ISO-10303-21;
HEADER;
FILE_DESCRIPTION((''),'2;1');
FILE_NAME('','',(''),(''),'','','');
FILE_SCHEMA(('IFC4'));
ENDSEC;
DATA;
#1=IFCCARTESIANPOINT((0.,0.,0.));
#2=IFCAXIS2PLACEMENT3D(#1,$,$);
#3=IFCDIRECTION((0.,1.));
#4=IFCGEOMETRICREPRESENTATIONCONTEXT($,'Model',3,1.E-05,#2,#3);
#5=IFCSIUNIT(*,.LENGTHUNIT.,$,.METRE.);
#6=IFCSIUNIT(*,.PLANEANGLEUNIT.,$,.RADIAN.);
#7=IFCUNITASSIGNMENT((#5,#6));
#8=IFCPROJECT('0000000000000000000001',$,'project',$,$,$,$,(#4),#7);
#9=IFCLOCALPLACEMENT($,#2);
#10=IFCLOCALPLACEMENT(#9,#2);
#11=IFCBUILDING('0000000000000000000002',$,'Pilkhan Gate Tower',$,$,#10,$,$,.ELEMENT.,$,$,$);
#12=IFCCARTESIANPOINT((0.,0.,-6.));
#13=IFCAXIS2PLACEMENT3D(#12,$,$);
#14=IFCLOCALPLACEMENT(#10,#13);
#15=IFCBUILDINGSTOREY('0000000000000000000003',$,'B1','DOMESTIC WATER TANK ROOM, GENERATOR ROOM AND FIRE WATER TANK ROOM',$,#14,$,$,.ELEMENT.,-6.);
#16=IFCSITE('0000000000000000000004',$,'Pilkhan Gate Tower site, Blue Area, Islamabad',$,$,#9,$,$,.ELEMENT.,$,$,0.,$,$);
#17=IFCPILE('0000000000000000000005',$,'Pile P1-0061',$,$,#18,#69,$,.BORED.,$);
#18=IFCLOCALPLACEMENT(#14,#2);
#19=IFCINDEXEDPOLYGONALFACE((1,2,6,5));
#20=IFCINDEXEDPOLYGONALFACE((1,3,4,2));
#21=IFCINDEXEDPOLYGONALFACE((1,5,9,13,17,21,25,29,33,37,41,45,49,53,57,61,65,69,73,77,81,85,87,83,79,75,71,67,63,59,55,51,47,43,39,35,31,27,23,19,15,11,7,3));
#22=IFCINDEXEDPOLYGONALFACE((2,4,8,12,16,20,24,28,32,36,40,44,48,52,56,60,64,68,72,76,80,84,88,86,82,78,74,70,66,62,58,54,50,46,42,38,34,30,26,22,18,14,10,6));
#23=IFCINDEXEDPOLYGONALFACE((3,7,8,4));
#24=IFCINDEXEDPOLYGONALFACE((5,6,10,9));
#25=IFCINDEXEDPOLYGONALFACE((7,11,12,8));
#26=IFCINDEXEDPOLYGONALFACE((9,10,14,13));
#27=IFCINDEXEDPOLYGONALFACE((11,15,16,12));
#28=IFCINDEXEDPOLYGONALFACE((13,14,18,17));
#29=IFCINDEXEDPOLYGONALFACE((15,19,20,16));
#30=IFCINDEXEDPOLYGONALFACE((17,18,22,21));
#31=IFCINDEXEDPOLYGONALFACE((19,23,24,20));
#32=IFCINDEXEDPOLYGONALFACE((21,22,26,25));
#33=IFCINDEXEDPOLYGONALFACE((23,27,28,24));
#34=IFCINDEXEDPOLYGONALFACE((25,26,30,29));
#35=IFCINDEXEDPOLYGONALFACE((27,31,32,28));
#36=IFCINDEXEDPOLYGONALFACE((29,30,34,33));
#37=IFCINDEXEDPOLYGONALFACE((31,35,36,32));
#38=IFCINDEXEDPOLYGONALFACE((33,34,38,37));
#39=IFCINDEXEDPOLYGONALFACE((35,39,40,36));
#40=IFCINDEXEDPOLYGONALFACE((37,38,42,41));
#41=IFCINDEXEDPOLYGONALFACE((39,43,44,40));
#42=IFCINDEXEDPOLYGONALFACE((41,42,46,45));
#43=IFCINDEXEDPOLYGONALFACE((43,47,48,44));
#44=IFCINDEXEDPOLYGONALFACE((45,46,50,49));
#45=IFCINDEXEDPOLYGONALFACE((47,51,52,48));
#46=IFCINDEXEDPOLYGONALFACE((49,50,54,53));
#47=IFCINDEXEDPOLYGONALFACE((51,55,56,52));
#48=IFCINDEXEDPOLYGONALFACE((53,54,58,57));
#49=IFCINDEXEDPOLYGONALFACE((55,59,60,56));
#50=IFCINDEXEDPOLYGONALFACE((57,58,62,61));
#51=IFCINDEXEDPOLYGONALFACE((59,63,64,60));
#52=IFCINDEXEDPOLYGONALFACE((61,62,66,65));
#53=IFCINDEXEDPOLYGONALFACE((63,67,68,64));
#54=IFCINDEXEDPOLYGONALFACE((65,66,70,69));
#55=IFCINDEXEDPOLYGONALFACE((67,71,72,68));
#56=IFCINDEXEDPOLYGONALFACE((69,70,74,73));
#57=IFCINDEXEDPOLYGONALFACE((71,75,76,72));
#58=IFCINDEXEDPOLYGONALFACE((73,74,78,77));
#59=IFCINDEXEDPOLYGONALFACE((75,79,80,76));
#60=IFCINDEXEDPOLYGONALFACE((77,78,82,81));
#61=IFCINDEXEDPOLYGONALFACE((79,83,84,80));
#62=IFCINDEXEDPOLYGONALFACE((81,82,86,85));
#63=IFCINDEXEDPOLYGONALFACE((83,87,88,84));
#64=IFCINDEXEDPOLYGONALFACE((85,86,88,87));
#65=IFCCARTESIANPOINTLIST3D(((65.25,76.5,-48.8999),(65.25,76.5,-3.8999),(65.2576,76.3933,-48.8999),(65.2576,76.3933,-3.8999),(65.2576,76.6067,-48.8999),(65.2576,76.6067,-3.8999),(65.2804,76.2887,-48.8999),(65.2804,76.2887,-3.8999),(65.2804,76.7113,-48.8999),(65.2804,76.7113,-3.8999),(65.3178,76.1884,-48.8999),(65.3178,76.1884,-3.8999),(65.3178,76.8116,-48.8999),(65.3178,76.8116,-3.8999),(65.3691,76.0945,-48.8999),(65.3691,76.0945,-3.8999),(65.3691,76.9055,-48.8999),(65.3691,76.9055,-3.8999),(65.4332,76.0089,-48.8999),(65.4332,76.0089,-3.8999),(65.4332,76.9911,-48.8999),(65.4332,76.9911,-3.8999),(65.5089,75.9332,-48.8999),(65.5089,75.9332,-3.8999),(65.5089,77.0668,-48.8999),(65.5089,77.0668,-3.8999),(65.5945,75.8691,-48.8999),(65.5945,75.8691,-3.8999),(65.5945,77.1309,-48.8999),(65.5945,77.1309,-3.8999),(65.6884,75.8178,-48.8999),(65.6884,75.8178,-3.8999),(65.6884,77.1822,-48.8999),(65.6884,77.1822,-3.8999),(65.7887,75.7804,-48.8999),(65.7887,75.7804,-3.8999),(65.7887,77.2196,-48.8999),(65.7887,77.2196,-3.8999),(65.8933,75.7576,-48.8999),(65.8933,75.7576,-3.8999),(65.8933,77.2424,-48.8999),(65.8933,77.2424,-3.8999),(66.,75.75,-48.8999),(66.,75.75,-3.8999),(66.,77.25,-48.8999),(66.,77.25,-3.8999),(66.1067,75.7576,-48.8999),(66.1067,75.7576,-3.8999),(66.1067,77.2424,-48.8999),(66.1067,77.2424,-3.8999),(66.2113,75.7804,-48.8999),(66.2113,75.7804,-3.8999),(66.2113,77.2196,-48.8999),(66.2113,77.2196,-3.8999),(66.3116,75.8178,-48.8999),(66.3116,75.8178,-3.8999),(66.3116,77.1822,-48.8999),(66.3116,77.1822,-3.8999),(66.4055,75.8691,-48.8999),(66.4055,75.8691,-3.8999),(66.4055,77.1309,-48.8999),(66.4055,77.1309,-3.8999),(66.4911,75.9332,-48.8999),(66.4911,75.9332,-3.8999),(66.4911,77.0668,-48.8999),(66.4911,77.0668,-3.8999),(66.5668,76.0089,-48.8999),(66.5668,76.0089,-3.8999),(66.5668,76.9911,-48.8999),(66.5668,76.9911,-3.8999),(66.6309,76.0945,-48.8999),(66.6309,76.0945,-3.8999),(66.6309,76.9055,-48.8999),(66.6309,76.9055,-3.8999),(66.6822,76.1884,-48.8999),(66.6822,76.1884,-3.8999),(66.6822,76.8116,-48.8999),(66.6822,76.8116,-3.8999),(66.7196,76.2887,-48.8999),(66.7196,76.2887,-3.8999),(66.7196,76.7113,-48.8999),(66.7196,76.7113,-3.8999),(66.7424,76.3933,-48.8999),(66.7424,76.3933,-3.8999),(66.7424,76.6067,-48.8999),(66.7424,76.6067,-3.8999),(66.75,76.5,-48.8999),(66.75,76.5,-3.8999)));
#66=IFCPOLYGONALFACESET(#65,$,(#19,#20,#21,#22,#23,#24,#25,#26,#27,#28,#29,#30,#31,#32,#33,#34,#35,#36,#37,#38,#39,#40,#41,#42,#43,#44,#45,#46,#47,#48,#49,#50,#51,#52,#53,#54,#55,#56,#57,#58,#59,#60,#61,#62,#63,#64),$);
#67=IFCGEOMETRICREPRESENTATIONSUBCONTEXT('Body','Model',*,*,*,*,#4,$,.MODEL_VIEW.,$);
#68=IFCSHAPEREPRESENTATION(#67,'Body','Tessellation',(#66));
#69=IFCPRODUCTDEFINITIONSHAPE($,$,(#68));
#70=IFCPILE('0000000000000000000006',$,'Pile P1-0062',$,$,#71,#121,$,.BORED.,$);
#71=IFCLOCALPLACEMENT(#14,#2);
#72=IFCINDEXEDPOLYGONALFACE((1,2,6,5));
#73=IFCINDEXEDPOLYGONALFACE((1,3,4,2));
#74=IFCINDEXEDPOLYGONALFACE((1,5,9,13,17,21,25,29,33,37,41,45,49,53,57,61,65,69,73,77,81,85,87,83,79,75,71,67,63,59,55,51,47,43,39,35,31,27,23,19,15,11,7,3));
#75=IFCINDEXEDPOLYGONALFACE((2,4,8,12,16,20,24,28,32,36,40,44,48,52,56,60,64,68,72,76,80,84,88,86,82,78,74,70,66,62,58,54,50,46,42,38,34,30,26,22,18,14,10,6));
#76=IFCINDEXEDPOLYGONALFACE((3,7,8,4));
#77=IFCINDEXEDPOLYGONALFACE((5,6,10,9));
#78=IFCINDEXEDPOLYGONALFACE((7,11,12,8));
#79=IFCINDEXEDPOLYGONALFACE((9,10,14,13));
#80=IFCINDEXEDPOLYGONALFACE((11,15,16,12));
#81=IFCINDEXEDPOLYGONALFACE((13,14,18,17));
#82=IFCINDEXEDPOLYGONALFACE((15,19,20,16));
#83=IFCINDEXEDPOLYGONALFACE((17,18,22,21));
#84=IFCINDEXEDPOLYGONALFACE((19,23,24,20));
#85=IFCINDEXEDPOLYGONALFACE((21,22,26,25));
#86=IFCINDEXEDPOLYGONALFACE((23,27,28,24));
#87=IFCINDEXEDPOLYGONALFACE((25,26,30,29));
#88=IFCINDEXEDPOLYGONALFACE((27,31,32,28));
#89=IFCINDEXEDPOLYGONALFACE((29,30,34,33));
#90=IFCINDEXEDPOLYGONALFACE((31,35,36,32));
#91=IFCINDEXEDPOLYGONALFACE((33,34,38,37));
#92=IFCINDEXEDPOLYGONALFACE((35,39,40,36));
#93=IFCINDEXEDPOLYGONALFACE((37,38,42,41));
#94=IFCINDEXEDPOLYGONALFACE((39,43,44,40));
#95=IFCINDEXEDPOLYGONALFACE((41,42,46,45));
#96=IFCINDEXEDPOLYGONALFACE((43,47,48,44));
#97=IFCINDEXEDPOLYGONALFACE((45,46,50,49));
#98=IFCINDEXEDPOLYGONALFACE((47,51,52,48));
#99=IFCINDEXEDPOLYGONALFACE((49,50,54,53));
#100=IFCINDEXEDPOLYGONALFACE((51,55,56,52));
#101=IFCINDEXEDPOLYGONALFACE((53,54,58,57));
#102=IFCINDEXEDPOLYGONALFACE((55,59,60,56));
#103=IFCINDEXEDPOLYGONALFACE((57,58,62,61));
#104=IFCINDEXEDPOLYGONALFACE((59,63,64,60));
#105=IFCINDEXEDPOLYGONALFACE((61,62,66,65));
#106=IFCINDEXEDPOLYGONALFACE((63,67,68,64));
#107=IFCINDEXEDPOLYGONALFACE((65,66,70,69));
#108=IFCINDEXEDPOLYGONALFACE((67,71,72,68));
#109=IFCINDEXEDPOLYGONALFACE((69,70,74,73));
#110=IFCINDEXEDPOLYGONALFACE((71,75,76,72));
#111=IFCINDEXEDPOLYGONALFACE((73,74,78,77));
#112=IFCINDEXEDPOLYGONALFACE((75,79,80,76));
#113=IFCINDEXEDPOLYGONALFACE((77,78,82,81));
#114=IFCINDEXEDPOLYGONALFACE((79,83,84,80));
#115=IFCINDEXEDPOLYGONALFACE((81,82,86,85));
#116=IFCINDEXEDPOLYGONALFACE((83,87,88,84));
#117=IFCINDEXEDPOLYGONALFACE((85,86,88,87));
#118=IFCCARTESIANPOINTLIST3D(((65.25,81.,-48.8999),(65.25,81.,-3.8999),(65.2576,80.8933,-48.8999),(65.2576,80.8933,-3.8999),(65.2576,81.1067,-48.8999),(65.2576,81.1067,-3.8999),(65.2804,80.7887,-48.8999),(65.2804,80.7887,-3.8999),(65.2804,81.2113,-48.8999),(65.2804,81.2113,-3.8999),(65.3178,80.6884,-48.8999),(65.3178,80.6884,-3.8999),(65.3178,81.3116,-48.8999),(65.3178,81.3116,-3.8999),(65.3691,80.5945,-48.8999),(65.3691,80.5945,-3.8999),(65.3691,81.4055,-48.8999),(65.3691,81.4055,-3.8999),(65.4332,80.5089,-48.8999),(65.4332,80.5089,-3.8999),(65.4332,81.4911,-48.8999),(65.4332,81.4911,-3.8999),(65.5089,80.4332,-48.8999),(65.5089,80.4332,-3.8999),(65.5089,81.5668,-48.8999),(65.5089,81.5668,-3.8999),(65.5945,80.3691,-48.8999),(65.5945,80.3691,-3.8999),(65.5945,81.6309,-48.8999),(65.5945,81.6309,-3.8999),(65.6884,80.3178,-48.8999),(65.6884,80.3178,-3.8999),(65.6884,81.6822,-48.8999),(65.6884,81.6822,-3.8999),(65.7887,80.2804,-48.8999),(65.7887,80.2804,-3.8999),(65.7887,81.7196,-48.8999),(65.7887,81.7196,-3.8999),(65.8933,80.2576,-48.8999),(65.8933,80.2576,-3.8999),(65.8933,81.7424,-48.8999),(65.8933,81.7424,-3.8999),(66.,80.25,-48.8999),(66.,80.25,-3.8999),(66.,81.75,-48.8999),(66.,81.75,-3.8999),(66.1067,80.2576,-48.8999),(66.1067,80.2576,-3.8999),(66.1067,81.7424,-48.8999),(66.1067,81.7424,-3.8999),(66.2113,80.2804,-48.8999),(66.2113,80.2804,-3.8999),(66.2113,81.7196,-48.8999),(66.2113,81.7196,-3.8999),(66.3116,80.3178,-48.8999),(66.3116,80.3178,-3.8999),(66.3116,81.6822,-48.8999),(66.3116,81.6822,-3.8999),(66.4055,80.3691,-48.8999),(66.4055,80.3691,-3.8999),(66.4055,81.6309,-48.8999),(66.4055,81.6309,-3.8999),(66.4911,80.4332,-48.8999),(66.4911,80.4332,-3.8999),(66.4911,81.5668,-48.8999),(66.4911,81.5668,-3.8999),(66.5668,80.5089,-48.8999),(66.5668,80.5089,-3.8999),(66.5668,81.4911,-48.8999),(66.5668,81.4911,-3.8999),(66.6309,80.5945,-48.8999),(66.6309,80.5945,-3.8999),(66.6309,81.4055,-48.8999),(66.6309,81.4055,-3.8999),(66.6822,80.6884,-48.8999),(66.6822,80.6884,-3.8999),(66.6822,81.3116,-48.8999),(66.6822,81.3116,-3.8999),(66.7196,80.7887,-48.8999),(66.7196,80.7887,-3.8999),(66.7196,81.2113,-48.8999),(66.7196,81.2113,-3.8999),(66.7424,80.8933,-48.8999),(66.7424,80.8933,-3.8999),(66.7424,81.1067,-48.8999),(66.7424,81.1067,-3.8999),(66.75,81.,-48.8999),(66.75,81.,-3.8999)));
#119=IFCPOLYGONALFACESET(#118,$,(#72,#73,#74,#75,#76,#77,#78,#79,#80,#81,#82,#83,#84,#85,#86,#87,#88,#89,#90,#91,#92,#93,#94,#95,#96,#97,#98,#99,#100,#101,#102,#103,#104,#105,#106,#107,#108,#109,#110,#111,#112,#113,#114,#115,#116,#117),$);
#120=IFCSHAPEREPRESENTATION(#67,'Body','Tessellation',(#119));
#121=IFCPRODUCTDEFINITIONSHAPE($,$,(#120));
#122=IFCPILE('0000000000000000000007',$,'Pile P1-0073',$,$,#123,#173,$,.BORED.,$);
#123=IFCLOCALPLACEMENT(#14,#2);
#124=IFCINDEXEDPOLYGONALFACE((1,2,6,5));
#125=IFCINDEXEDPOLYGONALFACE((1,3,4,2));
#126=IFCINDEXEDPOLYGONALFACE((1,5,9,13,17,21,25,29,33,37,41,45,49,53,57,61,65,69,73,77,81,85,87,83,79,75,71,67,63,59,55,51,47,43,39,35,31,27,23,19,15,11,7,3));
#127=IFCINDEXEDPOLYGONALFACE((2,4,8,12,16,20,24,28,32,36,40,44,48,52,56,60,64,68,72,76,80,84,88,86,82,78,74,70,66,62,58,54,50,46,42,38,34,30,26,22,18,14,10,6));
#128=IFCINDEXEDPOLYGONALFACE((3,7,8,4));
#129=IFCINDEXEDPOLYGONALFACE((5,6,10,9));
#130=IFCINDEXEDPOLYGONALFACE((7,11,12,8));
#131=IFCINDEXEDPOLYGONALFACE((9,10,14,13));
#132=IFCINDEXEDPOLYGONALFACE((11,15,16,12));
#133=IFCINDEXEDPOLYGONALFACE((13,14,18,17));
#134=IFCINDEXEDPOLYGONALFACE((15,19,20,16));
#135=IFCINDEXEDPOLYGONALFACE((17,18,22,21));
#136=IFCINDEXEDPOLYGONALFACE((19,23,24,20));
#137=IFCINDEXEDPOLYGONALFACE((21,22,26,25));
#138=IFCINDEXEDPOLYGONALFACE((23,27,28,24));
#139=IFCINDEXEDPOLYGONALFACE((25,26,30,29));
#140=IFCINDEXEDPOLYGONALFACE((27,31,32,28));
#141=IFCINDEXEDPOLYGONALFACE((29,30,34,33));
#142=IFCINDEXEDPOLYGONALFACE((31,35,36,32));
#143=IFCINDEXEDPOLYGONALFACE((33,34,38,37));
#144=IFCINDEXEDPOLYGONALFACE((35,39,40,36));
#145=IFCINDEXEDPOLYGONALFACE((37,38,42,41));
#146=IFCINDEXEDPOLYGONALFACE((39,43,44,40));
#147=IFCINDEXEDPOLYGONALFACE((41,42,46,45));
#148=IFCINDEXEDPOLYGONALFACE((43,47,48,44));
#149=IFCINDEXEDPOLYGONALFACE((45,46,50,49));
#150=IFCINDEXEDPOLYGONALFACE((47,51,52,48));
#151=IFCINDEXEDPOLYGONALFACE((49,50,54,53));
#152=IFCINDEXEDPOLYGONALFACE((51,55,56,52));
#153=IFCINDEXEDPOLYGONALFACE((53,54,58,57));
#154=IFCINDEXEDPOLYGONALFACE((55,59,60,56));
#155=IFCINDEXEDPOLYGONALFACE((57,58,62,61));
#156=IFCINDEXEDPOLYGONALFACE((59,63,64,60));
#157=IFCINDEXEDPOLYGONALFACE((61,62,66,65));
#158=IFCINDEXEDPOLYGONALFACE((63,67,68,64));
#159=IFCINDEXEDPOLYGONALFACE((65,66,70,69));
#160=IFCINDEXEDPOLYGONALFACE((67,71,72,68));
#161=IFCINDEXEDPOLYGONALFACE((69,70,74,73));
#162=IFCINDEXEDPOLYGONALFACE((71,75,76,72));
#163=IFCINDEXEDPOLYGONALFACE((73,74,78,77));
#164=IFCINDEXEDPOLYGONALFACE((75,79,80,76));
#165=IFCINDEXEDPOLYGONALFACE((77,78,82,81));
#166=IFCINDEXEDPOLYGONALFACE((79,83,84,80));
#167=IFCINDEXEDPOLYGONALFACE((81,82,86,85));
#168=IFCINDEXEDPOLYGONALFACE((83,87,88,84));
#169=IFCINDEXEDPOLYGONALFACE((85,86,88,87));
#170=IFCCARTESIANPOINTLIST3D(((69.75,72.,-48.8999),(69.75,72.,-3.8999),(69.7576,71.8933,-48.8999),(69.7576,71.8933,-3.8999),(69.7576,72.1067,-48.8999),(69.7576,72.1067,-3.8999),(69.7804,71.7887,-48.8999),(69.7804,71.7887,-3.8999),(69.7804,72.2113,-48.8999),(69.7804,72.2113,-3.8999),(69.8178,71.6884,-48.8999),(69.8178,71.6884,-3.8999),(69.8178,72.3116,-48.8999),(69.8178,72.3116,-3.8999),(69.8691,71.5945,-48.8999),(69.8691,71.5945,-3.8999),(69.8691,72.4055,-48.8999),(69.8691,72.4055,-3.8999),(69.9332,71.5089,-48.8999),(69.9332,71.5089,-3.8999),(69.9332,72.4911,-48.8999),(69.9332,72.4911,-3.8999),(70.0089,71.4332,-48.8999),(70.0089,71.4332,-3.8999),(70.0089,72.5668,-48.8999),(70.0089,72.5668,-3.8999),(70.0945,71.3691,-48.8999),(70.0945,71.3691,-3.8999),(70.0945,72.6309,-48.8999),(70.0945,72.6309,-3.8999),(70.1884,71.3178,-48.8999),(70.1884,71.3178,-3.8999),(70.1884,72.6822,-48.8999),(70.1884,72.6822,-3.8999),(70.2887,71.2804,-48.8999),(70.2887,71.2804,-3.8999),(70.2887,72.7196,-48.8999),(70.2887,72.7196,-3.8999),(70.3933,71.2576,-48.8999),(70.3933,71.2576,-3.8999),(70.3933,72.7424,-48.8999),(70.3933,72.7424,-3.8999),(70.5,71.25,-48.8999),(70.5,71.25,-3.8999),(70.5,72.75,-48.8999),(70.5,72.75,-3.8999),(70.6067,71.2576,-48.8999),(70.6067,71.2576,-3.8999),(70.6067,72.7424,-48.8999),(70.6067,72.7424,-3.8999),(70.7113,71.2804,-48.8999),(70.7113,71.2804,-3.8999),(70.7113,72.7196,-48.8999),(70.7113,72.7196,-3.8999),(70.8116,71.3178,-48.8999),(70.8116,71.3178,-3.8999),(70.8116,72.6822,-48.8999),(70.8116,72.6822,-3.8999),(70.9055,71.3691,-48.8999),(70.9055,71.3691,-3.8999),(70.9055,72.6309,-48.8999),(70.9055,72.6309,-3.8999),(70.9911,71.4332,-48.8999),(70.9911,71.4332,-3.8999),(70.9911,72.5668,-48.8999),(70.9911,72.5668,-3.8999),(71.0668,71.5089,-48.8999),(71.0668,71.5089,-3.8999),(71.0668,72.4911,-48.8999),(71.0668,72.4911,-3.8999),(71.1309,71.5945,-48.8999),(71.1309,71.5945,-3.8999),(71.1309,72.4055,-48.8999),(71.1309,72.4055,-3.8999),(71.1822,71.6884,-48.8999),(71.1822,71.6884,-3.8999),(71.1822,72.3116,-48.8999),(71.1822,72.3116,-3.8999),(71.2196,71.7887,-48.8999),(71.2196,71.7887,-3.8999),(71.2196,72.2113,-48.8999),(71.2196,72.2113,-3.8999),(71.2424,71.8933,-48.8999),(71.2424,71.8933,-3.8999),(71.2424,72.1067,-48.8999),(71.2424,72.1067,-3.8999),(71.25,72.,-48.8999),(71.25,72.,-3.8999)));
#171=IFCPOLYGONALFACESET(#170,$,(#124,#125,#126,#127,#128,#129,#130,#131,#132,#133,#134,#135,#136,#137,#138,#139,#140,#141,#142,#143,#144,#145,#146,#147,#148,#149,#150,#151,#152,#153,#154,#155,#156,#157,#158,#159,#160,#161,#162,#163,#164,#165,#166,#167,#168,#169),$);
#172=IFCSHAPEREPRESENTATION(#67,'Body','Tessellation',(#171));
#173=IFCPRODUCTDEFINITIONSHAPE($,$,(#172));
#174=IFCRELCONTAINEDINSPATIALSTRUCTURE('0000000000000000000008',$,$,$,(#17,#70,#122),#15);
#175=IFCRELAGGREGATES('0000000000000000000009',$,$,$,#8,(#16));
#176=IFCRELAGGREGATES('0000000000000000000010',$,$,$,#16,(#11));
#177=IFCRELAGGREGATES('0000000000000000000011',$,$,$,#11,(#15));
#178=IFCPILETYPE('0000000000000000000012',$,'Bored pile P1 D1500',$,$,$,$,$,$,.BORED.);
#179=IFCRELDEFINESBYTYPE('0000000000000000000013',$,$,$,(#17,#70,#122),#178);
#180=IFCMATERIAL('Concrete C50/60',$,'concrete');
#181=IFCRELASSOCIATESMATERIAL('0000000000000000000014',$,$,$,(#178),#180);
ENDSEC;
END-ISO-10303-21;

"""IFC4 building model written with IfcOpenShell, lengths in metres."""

from ifc_helpers import new_model, si_unit, direction, frame, origin, origin_2d, place, context, subcontext, project, spatial, circle, extrude, material, material_profile, profile_set, type_object, element, save


model = new_model("IFC4")

# Units and contexts
model_context = context("Model", 3, precision=1e-05, world=origin(), true_north=direction((0.0, 1.0)))
body_context = subcontext(model_context, "Body", "Model", "MODEL_VIEW")
ifc_project = project(units=[si_unit("LENGTHUNIT", "METRE"), si_unit("PLANEANGLEUNIT", "RADIAN")], contexts=[model_context])

# Site, building, storey
site_placement = place(None, origin())
site = spatial("IfcSite", under=ifc_project, at=site_placement, Name="Pilkhan Gate Tower site, Blue Area, Islamabad", CompositionType="ELEMENT", RefElevation=0.0)
building_placement = place(site_placement, origin())
building = spatial("IfcBuilding", under=site, at=building_placement, Name="Pilkhan Gate Tower", CompositionType="ELEMENT")
storey_placement = place(building_placement, frame((0.0, 0.0, -6.0)))
storey = spatial("IfcBuildingStorey", under=building, at=storey_placement, Name="B1", Description="DOMESTIC WATER TANK ROOM, GENERATOR ROOM AND FIRE WATER TANK ROOM", CompositionType="ELEMENT", Elevation=-6.0)

# Piles
ifc_material_1 = material(Name="Concrete C50/60", Category="concrete")
ifc_material_profile_1 = material_profile(ifc_material_1, circle(Radius=0.75, at=origin_2d()), Name="Bored pile 1500 dia")
ifc_profile_set_1 = profile_set([ifc_material_profile_1], Name="Concrete C50/60")
pile_type = type_object("IfcPileType", Name="Bored pile P1 D1500", PredefinedType="BORED", material=ifc_profile_set_1)
for number, where, z_axis, x_axis, name in (
    (1, (66.0, 76.5, -3.8999), (0.0, 0.0, -1.0), (1.0, 0.0, 0.0), "Pile P1-0061"),
    (2, (66.0, 81.0, -3.8999), (0.0, 0.0, -1.0), (1.0, 0.0, 0.0), "Pile P1-0062"),
    (3, (70.5, 72.0, -3.8999), (0.0, 0.0, -1.0), (1.0, 0.0, 0.0), "Pile P1-0073"),
):
    element("IfcPile", number, at=place(storey_placement, frame(where, z_axis=z_axis, x_axis=x_axis)), inside=storey, type_object=pile_type, Name=name, PredefinedType="BORED", context=body_context, shape_type="SweptSolid", body=[
        extrude(circle(Radius=0.75, at=origin_2d()), origin(), (0.0, 0.0, 1.0), 45.0),
    ])

save(model, "model.ifc")
